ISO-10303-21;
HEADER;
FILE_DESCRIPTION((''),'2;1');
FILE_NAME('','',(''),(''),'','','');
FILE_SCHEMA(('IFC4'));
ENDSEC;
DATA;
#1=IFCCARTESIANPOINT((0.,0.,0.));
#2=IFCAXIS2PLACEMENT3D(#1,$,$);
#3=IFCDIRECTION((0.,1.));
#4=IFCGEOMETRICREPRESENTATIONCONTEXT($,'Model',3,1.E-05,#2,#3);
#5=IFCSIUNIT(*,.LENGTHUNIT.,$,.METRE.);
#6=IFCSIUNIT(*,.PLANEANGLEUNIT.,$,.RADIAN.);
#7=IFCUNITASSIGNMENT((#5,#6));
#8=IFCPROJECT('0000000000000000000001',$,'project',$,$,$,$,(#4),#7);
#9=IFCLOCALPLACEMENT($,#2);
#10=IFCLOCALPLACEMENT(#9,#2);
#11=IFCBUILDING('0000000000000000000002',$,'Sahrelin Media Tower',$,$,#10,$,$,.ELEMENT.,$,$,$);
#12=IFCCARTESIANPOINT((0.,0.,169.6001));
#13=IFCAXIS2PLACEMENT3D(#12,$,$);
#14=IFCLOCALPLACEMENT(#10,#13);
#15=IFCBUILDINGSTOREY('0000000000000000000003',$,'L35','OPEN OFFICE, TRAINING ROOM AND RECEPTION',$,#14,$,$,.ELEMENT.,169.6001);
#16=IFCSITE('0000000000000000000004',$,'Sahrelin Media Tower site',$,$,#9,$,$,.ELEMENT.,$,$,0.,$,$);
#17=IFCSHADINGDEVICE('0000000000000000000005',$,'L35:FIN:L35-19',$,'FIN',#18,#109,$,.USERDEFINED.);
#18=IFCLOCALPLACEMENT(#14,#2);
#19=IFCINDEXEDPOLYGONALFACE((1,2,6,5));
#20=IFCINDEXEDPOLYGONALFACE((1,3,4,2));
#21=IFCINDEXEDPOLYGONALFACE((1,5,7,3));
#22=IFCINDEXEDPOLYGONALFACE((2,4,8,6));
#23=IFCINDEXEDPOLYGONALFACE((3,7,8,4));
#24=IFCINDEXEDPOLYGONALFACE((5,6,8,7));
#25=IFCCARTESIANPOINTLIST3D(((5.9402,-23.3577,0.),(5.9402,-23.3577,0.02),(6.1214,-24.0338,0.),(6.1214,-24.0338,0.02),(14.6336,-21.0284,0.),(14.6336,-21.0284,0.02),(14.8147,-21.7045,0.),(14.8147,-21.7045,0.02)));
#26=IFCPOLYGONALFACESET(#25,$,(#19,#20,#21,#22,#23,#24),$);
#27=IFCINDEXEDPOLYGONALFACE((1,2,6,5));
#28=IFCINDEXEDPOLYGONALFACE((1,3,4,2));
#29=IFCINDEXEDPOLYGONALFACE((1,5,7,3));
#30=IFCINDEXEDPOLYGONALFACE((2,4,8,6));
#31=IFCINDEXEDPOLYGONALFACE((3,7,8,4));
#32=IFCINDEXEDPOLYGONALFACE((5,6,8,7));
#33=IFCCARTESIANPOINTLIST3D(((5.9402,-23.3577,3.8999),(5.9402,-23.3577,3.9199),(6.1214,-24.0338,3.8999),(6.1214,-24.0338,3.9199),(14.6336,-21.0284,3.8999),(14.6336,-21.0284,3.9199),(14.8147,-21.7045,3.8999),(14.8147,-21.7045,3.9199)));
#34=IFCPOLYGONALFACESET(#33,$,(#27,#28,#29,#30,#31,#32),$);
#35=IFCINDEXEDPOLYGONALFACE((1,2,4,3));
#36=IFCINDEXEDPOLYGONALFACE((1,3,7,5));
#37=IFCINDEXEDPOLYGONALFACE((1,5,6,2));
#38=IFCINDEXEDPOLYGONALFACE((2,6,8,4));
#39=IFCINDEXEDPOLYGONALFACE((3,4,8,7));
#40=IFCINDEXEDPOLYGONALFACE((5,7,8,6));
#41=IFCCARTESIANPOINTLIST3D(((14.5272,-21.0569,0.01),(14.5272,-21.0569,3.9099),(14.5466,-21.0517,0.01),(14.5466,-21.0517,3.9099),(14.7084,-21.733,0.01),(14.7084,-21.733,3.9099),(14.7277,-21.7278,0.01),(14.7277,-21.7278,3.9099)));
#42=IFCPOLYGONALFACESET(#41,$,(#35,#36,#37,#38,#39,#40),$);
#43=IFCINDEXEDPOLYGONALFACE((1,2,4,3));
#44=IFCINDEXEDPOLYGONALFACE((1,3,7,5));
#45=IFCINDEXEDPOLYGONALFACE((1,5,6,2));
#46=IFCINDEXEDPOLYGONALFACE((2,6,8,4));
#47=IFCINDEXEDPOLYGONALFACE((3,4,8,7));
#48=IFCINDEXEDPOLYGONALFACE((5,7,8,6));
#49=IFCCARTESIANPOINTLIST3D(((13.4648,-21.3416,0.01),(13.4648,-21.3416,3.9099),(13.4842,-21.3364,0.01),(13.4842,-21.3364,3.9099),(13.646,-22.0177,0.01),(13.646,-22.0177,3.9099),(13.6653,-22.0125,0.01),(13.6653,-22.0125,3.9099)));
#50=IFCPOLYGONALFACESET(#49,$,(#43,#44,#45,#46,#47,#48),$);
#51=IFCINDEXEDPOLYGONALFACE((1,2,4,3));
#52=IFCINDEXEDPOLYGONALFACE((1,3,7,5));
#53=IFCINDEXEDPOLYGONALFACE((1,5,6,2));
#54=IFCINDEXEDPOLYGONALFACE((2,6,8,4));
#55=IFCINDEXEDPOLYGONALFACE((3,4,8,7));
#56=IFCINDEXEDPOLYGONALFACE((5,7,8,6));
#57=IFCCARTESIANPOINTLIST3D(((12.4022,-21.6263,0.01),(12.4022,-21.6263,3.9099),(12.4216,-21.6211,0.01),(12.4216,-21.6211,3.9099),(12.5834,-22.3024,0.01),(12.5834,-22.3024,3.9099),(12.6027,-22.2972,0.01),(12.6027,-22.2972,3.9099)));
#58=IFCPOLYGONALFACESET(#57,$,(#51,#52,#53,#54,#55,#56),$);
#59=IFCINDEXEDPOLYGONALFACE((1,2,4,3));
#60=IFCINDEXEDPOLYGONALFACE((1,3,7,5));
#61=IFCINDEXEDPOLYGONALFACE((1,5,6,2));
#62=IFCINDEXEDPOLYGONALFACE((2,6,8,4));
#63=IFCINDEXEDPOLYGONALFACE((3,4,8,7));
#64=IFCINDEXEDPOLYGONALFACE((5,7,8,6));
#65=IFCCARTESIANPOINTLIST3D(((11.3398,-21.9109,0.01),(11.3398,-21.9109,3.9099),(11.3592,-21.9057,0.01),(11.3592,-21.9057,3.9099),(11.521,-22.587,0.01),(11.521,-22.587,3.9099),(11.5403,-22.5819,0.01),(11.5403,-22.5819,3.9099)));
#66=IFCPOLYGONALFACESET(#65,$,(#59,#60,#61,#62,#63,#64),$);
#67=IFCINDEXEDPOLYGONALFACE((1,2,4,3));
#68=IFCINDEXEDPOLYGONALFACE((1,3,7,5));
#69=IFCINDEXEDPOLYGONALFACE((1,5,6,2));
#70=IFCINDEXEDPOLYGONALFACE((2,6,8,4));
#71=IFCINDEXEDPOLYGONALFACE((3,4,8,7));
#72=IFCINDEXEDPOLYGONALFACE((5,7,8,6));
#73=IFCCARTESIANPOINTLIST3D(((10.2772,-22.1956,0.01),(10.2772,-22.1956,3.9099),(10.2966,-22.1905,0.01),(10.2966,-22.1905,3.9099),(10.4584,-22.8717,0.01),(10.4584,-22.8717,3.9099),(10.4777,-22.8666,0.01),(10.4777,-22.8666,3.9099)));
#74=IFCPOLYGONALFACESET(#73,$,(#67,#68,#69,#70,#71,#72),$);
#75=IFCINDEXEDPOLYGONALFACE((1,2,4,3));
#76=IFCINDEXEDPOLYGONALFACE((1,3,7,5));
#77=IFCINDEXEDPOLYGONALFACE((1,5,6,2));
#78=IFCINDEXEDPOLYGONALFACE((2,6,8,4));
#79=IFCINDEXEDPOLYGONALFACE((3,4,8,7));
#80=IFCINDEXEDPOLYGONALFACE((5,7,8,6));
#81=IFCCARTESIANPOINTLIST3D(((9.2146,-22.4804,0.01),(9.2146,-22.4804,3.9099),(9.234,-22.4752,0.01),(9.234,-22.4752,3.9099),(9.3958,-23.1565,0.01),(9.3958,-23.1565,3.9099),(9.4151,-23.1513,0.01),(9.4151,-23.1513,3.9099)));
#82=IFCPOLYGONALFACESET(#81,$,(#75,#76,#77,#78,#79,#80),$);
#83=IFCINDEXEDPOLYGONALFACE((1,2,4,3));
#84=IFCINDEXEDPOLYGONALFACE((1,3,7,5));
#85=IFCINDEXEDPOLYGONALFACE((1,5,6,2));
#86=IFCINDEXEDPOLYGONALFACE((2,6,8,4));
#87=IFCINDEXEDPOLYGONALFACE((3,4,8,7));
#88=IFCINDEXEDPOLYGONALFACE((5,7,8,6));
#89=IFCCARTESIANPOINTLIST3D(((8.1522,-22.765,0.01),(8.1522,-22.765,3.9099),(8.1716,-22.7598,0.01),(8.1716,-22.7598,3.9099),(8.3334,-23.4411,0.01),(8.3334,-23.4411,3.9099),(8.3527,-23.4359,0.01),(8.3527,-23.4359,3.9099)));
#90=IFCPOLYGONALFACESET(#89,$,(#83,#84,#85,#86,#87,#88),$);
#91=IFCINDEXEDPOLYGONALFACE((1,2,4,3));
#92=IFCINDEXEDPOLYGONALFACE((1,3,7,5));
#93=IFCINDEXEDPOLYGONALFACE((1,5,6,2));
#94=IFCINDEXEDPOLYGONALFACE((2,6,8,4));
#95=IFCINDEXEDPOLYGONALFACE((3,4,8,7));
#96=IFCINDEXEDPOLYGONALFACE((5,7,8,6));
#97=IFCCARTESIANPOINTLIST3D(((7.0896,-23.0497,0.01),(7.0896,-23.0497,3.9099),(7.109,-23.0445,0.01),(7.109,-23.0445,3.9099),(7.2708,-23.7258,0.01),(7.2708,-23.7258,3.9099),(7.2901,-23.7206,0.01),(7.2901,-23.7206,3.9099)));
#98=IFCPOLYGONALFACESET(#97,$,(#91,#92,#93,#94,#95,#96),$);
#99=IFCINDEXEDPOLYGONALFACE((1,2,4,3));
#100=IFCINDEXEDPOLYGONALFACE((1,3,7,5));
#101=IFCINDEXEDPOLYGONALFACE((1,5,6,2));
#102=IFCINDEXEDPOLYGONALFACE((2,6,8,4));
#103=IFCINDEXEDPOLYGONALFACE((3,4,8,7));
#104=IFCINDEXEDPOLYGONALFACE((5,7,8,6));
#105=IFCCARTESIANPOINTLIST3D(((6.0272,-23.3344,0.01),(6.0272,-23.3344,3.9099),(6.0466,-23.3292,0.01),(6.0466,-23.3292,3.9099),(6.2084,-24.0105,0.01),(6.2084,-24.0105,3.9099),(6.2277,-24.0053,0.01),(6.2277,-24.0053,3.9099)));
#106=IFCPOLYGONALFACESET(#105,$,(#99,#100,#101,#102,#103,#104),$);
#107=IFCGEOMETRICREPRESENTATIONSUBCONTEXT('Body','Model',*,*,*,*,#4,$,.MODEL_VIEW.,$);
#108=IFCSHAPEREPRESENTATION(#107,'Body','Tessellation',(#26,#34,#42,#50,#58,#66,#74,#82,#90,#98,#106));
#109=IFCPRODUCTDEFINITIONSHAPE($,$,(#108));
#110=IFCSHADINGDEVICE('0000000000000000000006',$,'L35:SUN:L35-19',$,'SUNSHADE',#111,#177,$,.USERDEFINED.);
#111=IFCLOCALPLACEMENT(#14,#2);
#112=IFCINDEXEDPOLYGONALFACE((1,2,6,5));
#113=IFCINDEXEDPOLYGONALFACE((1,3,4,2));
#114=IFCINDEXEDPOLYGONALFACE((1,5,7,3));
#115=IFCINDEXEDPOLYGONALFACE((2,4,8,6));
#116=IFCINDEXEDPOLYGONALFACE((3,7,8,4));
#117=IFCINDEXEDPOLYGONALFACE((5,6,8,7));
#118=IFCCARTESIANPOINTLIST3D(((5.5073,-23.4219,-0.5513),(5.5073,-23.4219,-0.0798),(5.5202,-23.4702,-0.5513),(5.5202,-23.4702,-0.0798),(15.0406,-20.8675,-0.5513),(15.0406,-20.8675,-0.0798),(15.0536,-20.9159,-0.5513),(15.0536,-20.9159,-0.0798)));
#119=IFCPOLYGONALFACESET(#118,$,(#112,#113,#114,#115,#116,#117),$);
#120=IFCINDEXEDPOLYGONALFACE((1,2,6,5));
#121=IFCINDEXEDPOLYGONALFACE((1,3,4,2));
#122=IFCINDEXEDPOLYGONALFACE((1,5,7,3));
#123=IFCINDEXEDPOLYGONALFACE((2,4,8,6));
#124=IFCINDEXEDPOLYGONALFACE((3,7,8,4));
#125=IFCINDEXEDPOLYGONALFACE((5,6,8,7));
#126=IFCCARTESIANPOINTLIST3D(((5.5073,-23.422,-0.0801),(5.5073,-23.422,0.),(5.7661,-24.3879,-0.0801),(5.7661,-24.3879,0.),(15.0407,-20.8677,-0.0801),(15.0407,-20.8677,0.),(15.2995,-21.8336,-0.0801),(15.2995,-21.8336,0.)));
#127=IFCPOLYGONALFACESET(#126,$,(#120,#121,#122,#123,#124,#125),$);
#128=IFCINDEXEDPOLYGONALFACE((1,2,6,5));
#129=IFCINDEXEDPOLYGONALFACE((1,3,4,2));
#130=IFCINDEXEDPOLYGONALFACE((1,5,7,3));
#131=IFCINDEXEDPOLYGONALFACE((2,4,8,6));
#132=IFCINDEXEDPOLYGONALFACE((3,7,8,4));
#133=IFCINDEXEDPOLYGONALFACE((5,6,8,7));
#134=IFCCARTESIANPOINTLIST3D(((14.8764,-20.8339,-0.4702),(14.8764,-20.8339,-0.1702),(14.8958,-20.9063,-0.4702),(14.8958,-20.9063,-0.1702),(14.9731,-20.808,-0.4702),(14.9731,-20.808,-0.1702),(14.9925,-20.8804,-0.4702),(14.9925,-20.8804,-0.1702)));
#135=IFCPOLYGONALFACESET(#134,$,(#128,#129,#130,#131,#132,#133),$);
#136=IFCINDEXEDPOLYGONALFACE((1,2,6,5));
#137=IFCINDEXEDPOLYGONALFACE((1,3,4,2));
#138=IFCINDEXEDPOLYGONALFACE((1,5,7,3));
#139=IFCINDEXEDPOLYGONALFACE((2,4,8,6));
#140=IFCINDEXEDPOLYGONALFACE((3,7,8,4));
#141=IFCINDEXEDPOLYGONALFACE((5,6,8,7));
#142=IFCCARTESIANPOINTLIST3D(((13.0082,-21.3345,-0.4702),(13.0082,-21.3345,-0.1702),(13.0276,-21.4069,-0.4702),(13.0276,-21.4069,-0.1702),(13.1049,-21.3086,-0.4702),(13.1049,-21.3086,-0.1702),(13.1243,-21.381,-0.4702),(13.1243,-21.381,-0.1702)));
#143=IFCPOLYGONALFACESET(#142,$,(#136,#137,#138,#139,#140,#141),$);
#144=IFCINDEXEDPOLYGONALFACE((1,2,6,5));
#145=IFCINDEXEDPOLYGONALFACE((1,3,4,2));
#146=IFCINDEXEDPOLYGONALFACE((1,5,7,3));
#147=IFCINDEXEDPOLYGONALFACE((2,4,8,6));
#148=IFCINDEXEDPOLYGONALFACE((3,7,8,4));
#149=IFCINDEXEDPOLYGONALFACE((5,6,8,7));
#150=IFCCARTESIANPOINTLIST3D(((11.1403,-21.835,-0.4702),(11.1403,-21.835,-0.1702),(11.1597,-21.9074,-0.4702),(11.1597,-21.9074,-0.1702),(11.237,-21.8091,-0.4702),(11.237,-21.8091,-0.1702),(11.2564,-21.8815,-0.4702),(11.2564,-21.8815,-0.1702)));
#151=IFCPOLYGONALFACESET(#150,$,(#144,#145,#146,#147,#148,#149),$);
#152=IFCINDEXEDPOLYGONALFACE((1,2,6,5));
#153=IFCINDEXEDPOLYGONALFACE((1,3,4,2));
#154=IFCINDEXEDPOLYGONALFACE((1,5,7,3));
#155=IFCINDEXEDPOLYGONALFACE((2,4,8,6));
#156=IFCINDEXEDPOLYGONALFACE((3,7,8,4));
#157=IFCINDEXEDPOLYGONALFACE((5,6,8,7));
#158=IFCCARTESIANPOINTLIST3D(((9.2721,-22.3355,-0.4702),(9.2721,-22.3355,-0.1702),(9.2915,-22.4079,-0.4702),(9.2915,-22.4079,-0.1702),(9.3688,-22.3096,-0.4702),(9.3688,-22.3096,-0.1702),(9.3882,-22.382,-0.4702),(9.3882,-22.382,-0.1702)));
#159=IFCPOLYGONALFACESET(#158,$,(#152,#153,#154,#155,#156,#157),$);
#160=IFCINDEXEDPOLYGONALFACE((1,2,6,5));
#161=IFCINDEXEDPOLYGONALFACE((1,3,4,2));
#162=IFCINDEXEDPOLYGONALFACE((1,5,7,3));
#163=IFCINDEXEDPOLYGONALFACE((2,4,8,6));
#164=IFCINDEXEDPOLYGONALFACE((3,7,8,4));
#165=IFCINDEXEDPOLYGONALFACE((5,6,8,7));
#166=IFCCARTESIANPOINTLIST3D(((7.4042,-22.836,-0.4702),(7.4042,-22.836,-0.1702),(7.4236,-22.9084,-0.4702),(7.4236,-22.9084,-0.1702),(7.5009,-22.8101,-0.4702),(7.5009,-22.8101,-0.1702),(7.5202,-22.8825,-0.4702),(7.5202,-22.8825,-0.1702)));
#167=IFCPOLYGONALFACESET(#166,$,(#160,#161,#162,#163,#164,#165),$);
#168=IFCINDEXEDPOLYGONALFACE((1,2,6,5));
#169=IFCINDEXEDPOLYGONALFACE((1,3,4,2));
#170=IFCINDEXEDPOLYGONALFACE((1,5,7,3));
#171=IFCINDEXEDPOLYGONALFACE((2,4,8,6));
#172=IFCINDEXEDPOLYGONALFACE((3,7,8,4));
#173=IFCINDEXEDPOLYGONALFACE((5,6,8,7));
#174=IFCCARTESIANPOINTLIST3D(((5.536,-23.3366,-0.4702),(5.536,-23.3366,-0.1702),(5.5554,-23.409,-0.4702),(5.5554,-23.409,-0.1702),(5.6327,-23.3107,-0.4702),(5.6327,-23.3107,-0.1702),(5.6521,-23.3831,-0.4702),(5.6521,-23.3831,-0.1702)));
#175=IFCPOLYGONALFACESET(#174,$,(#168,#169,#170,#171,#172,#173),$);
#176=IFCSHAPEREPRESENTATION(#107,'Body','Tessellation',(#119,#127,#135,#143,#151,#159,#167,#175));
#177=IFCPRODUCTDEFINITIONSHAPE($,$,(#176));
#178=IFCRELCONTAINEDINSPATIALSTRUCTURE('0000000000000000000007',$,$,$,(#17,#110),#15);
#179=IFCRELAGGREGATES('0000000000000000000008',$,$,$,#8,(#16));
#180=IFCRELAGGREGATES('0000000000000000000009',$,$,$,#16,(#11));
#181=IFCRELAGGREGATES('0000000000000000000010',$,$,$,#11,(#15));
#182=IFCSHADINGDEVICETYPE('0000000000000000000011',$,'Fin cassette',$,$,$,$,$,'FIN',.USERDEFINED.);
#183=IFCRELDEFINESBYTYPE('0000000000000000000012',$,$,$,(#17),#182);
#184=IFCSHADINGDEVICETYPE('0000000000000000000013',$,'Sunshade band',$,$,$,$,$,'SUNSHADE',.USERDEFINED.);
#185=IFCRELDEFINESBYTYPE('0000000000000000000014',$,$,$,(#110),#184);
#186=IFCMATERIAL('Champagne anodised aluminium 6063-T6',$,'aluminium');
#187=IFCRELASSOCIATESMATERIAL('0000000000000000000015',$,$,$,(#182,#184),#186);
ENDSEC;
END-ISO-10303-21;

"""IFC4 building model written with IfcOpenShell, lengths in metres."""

from ifc_helpers import new_model, si_unit, direction, frame, origin, origin_2d, place, context, subcontext, project, spatial, rectangle, extrude, material, type_object, element, save


model = new_model("IFC4")

# Units and contexts
model_context = context("Model", 3, precision=1e-05, world=origin(), true_north=direction((0.0, 1.0)))
body_context = subcontext(model_context, "Body", "Model", "MODEL_VIEW")
ifc_project = project(units=[si_unit("LENGTHUNIT", "METRE"), si_unit("PLANEANGLEUNIT", "RADIAN")], contexts=[model_context])

# Site, building, storey
site_placement = place(None, origin())
site = spatial("IfcSite", under=ifc_project, at=site_placement, Name="Sahrelin Media Tower site", CompositionType="ELEMENT", RefElevation=0.0)
building_placement = place(site_placement, origin())
building = spatial("IfcBuilding", under=site, at=building_placement, Name="Sahrelin Media Tower", CompositionType="ELEMENT")
storey_placement = place(building_placement, frame((0.0, 0.0, 169.6001)))
storey = spatial("IfcBuildingStorey", under=building, at=storey_placement, Name="L35", Description="OPEN OFFICE, TRAINING ROOM AND RECEPTION", CompositionType="ELEMENT", Elevation=169.6001)

# Shared definitions
ifc_material_1 = material(Name="Champagne anodised aluminium 6063-T6", Category="aluminium")

# Shading devices
shading_device_type_1 = type_object("IfcShadingDeviceType", Name="Fin cassette", ElementType="FIN", PredefinedType="USERDEFINED", material=ifc_material_1)
placement = place(storey_placement, frame((10.2688, -22.1255, 0.0), z_axis=(0.0, 0.0, 1.0), x_axis=(-0.965929, -0.258808, 0.0)))
element("IfcShadingDevice", 1, at=placement, inside=storey, type_object=shading_device_type_1, Name="L35:FIN:L35-19", ObjectType="FIN", PredefinedType="USERDEFINED", context=body_context, shape_type="SweptSolid", body=[
    extrude(rectangle(XDim=9.0, YDim=0.7, at=origin_2d()), frame((0.0, 0.4199, 0.0)), (0.0, 0.0, 1.0), 0.02),
    extrude(rectangle(XDim=9.0, YDim=0.7, at=origin_2d()), frame((0.0, 0.4199, 3.8999)), (0.0, 0.0, 1.0), 0.02),
    extrude(rectangle(XDim=0.02, YDim=0.7, at=origin_2d()), frame((-4.3999, 0.4199, 0.01), z_axis=(0.0, 0.0, 1.0), x_axis=(1.0, 0.0, 0.0)), (0.0, 0.0, 1.0), 3.8999),
    extrude(rectangle(XDim=0.02, YDim=0.7, at=origin_2d()), frame((-3.3, 0.4199, 0.01), z_axis=(0.0, 0.0, 1.0), x_axis=(1.0, 0.0, 0.0)), (0.0, 0.0, 1.0), 3.8999),
    extrude(rectangle(XDim=0.02, YDim=0.7, at=origin_2d()), frame((-2.2, 0.4199, 0.01), z_axis=(0.0, 0.0, 1.0), x_axis=(1.0, 0.0, 0.0)), (0.0, 0.0, 1.0), 3.8999),
    extrude(rectangle(XDim=0.02, YDim=0.7, at=origin_2d()), frame((-1.1001, 0.4199, 0.01), z_axis=(0.0, 0.0, 1.0), x_axis=(1.0, 0.0, 0.0)), (0.0, 0.0, 1.0), 3.8999),
    extrude(rectangle(XDim=0.02, YDim=0.7, at=origin_2d()), frame((0.0, 0.4199, 0.01), z_axis=(0.0, 0.0, 1.0), x_axis=(1.0, 0.0, 0.0)), (0.0, 0.0, 1.0), 3.8999),
    extrude(rectangle(XDim=0.02, YDim=0.7, at=origin_2d()), frame((1.1001, 0.4199, 0.01), z_axis=(0.0, 0.0, 1.0), x_axis=(1.0, 0.0, 0.0)), (0.0, 0.0, 1.0), 3.8999),
    extrude(rectangle(XDim=0.02, YDim=0.7, at=origin_2d()), frame((2.2, 0.4199, 0.01), z_axis=(0.0, 0.0, 1.0), x_axis=(1.0, 0.0, 0.0)), (0.0, 0.0, 1.0), 3.8999),
    extrude(rectangle(XDim=0.02, YDim=0.7, at=origin_2d()), frame((3.3, 0.4199, 0.01), z_axis=(0.0, 0.0, 1.0), x_axis=(1.0, 0.0, 0.0)), (0.0, 0.0, 1.0), 3.8999),
    extrude(rectangle(XDim=0.02, YDim=0.7, at=origin_2d()), frame((4.3999, 0.4199, 0.01), z_axis=(0.0, 0.0, 1.0), x_axis=(1.0, 0.0, 0.0)), (0.0, 0.0, 1.0), 3.8999),
])
shading_device_type_2 = type_object("IfcShadingDeviceType", Name="Sunshade band", ElementType="SUNSHADE", PredefinedType="USERDEFINED", material=ifc_material_1)
element("IfcShadingDevice", 2, at=placement, inside=storey, type_object=shading_device_type_2, Name="L35:SUN:L35-19", ObjectType="SUNSHADE", PredefinedType="USERDEFINED", context=body_context, shape_type="SweptSolid", body=[
    extrude(rectangle(XDim=9.8696, YDim=0.05, at=origin_2d()), frame((0.0, 0.0449, -0.5513)), (0.0, 0.0, 1.0), 0.4714),
    extrude(rectangle(XDim=9.8696, YDim=1.0, at=origin_2d()), frame((0.0, 0.52, -0.0801)), (0.0, 0.0, 1.0), 0.0801),
    extrude(rectangle(XDim=0.1001, YDim=0.075, at=origin_2d()), frame((-4.835, -0.0176, -0.4702)), (0.0, 0.0, 1.0), 0.3),
    extrude(rectangle(XDim=0.1001, YDim=0.075, at=origin_2d()), frame((-2.9009, -0.0176, -0.4702)), (0.0, 0.0, 1.0), 0.3),
    extrude(rectangle(XDim=0.1001, YDim=0.075, at=origin_2d()), frame((-0.967, -0.0176, -0.4702)), (0.0, 0.0, 1.0), 0.3),
    extrude(rectangle(XDim=0.1001, YDim=0.075, at=origin_2d()), frame((0.967, -0.0176, -0.4702)), (0.0, 0.0, 1.0), 0.3),
    extrude(rectangle(XDim=0.1001, YDim=0.075, at=origin_2d()), frame((2.9009, -0.0176, -0.4702)), (0.0, 0.0, 1.0), 0.3),
    extrude(rectangle(XDim=0.1001, YDim=0.075, at=origin_2d()), frame((4.835, -0.0176, -0.4702)), (0.0, 0.0, 1.0), 0.3),
])

save(model, "model.ifc")
